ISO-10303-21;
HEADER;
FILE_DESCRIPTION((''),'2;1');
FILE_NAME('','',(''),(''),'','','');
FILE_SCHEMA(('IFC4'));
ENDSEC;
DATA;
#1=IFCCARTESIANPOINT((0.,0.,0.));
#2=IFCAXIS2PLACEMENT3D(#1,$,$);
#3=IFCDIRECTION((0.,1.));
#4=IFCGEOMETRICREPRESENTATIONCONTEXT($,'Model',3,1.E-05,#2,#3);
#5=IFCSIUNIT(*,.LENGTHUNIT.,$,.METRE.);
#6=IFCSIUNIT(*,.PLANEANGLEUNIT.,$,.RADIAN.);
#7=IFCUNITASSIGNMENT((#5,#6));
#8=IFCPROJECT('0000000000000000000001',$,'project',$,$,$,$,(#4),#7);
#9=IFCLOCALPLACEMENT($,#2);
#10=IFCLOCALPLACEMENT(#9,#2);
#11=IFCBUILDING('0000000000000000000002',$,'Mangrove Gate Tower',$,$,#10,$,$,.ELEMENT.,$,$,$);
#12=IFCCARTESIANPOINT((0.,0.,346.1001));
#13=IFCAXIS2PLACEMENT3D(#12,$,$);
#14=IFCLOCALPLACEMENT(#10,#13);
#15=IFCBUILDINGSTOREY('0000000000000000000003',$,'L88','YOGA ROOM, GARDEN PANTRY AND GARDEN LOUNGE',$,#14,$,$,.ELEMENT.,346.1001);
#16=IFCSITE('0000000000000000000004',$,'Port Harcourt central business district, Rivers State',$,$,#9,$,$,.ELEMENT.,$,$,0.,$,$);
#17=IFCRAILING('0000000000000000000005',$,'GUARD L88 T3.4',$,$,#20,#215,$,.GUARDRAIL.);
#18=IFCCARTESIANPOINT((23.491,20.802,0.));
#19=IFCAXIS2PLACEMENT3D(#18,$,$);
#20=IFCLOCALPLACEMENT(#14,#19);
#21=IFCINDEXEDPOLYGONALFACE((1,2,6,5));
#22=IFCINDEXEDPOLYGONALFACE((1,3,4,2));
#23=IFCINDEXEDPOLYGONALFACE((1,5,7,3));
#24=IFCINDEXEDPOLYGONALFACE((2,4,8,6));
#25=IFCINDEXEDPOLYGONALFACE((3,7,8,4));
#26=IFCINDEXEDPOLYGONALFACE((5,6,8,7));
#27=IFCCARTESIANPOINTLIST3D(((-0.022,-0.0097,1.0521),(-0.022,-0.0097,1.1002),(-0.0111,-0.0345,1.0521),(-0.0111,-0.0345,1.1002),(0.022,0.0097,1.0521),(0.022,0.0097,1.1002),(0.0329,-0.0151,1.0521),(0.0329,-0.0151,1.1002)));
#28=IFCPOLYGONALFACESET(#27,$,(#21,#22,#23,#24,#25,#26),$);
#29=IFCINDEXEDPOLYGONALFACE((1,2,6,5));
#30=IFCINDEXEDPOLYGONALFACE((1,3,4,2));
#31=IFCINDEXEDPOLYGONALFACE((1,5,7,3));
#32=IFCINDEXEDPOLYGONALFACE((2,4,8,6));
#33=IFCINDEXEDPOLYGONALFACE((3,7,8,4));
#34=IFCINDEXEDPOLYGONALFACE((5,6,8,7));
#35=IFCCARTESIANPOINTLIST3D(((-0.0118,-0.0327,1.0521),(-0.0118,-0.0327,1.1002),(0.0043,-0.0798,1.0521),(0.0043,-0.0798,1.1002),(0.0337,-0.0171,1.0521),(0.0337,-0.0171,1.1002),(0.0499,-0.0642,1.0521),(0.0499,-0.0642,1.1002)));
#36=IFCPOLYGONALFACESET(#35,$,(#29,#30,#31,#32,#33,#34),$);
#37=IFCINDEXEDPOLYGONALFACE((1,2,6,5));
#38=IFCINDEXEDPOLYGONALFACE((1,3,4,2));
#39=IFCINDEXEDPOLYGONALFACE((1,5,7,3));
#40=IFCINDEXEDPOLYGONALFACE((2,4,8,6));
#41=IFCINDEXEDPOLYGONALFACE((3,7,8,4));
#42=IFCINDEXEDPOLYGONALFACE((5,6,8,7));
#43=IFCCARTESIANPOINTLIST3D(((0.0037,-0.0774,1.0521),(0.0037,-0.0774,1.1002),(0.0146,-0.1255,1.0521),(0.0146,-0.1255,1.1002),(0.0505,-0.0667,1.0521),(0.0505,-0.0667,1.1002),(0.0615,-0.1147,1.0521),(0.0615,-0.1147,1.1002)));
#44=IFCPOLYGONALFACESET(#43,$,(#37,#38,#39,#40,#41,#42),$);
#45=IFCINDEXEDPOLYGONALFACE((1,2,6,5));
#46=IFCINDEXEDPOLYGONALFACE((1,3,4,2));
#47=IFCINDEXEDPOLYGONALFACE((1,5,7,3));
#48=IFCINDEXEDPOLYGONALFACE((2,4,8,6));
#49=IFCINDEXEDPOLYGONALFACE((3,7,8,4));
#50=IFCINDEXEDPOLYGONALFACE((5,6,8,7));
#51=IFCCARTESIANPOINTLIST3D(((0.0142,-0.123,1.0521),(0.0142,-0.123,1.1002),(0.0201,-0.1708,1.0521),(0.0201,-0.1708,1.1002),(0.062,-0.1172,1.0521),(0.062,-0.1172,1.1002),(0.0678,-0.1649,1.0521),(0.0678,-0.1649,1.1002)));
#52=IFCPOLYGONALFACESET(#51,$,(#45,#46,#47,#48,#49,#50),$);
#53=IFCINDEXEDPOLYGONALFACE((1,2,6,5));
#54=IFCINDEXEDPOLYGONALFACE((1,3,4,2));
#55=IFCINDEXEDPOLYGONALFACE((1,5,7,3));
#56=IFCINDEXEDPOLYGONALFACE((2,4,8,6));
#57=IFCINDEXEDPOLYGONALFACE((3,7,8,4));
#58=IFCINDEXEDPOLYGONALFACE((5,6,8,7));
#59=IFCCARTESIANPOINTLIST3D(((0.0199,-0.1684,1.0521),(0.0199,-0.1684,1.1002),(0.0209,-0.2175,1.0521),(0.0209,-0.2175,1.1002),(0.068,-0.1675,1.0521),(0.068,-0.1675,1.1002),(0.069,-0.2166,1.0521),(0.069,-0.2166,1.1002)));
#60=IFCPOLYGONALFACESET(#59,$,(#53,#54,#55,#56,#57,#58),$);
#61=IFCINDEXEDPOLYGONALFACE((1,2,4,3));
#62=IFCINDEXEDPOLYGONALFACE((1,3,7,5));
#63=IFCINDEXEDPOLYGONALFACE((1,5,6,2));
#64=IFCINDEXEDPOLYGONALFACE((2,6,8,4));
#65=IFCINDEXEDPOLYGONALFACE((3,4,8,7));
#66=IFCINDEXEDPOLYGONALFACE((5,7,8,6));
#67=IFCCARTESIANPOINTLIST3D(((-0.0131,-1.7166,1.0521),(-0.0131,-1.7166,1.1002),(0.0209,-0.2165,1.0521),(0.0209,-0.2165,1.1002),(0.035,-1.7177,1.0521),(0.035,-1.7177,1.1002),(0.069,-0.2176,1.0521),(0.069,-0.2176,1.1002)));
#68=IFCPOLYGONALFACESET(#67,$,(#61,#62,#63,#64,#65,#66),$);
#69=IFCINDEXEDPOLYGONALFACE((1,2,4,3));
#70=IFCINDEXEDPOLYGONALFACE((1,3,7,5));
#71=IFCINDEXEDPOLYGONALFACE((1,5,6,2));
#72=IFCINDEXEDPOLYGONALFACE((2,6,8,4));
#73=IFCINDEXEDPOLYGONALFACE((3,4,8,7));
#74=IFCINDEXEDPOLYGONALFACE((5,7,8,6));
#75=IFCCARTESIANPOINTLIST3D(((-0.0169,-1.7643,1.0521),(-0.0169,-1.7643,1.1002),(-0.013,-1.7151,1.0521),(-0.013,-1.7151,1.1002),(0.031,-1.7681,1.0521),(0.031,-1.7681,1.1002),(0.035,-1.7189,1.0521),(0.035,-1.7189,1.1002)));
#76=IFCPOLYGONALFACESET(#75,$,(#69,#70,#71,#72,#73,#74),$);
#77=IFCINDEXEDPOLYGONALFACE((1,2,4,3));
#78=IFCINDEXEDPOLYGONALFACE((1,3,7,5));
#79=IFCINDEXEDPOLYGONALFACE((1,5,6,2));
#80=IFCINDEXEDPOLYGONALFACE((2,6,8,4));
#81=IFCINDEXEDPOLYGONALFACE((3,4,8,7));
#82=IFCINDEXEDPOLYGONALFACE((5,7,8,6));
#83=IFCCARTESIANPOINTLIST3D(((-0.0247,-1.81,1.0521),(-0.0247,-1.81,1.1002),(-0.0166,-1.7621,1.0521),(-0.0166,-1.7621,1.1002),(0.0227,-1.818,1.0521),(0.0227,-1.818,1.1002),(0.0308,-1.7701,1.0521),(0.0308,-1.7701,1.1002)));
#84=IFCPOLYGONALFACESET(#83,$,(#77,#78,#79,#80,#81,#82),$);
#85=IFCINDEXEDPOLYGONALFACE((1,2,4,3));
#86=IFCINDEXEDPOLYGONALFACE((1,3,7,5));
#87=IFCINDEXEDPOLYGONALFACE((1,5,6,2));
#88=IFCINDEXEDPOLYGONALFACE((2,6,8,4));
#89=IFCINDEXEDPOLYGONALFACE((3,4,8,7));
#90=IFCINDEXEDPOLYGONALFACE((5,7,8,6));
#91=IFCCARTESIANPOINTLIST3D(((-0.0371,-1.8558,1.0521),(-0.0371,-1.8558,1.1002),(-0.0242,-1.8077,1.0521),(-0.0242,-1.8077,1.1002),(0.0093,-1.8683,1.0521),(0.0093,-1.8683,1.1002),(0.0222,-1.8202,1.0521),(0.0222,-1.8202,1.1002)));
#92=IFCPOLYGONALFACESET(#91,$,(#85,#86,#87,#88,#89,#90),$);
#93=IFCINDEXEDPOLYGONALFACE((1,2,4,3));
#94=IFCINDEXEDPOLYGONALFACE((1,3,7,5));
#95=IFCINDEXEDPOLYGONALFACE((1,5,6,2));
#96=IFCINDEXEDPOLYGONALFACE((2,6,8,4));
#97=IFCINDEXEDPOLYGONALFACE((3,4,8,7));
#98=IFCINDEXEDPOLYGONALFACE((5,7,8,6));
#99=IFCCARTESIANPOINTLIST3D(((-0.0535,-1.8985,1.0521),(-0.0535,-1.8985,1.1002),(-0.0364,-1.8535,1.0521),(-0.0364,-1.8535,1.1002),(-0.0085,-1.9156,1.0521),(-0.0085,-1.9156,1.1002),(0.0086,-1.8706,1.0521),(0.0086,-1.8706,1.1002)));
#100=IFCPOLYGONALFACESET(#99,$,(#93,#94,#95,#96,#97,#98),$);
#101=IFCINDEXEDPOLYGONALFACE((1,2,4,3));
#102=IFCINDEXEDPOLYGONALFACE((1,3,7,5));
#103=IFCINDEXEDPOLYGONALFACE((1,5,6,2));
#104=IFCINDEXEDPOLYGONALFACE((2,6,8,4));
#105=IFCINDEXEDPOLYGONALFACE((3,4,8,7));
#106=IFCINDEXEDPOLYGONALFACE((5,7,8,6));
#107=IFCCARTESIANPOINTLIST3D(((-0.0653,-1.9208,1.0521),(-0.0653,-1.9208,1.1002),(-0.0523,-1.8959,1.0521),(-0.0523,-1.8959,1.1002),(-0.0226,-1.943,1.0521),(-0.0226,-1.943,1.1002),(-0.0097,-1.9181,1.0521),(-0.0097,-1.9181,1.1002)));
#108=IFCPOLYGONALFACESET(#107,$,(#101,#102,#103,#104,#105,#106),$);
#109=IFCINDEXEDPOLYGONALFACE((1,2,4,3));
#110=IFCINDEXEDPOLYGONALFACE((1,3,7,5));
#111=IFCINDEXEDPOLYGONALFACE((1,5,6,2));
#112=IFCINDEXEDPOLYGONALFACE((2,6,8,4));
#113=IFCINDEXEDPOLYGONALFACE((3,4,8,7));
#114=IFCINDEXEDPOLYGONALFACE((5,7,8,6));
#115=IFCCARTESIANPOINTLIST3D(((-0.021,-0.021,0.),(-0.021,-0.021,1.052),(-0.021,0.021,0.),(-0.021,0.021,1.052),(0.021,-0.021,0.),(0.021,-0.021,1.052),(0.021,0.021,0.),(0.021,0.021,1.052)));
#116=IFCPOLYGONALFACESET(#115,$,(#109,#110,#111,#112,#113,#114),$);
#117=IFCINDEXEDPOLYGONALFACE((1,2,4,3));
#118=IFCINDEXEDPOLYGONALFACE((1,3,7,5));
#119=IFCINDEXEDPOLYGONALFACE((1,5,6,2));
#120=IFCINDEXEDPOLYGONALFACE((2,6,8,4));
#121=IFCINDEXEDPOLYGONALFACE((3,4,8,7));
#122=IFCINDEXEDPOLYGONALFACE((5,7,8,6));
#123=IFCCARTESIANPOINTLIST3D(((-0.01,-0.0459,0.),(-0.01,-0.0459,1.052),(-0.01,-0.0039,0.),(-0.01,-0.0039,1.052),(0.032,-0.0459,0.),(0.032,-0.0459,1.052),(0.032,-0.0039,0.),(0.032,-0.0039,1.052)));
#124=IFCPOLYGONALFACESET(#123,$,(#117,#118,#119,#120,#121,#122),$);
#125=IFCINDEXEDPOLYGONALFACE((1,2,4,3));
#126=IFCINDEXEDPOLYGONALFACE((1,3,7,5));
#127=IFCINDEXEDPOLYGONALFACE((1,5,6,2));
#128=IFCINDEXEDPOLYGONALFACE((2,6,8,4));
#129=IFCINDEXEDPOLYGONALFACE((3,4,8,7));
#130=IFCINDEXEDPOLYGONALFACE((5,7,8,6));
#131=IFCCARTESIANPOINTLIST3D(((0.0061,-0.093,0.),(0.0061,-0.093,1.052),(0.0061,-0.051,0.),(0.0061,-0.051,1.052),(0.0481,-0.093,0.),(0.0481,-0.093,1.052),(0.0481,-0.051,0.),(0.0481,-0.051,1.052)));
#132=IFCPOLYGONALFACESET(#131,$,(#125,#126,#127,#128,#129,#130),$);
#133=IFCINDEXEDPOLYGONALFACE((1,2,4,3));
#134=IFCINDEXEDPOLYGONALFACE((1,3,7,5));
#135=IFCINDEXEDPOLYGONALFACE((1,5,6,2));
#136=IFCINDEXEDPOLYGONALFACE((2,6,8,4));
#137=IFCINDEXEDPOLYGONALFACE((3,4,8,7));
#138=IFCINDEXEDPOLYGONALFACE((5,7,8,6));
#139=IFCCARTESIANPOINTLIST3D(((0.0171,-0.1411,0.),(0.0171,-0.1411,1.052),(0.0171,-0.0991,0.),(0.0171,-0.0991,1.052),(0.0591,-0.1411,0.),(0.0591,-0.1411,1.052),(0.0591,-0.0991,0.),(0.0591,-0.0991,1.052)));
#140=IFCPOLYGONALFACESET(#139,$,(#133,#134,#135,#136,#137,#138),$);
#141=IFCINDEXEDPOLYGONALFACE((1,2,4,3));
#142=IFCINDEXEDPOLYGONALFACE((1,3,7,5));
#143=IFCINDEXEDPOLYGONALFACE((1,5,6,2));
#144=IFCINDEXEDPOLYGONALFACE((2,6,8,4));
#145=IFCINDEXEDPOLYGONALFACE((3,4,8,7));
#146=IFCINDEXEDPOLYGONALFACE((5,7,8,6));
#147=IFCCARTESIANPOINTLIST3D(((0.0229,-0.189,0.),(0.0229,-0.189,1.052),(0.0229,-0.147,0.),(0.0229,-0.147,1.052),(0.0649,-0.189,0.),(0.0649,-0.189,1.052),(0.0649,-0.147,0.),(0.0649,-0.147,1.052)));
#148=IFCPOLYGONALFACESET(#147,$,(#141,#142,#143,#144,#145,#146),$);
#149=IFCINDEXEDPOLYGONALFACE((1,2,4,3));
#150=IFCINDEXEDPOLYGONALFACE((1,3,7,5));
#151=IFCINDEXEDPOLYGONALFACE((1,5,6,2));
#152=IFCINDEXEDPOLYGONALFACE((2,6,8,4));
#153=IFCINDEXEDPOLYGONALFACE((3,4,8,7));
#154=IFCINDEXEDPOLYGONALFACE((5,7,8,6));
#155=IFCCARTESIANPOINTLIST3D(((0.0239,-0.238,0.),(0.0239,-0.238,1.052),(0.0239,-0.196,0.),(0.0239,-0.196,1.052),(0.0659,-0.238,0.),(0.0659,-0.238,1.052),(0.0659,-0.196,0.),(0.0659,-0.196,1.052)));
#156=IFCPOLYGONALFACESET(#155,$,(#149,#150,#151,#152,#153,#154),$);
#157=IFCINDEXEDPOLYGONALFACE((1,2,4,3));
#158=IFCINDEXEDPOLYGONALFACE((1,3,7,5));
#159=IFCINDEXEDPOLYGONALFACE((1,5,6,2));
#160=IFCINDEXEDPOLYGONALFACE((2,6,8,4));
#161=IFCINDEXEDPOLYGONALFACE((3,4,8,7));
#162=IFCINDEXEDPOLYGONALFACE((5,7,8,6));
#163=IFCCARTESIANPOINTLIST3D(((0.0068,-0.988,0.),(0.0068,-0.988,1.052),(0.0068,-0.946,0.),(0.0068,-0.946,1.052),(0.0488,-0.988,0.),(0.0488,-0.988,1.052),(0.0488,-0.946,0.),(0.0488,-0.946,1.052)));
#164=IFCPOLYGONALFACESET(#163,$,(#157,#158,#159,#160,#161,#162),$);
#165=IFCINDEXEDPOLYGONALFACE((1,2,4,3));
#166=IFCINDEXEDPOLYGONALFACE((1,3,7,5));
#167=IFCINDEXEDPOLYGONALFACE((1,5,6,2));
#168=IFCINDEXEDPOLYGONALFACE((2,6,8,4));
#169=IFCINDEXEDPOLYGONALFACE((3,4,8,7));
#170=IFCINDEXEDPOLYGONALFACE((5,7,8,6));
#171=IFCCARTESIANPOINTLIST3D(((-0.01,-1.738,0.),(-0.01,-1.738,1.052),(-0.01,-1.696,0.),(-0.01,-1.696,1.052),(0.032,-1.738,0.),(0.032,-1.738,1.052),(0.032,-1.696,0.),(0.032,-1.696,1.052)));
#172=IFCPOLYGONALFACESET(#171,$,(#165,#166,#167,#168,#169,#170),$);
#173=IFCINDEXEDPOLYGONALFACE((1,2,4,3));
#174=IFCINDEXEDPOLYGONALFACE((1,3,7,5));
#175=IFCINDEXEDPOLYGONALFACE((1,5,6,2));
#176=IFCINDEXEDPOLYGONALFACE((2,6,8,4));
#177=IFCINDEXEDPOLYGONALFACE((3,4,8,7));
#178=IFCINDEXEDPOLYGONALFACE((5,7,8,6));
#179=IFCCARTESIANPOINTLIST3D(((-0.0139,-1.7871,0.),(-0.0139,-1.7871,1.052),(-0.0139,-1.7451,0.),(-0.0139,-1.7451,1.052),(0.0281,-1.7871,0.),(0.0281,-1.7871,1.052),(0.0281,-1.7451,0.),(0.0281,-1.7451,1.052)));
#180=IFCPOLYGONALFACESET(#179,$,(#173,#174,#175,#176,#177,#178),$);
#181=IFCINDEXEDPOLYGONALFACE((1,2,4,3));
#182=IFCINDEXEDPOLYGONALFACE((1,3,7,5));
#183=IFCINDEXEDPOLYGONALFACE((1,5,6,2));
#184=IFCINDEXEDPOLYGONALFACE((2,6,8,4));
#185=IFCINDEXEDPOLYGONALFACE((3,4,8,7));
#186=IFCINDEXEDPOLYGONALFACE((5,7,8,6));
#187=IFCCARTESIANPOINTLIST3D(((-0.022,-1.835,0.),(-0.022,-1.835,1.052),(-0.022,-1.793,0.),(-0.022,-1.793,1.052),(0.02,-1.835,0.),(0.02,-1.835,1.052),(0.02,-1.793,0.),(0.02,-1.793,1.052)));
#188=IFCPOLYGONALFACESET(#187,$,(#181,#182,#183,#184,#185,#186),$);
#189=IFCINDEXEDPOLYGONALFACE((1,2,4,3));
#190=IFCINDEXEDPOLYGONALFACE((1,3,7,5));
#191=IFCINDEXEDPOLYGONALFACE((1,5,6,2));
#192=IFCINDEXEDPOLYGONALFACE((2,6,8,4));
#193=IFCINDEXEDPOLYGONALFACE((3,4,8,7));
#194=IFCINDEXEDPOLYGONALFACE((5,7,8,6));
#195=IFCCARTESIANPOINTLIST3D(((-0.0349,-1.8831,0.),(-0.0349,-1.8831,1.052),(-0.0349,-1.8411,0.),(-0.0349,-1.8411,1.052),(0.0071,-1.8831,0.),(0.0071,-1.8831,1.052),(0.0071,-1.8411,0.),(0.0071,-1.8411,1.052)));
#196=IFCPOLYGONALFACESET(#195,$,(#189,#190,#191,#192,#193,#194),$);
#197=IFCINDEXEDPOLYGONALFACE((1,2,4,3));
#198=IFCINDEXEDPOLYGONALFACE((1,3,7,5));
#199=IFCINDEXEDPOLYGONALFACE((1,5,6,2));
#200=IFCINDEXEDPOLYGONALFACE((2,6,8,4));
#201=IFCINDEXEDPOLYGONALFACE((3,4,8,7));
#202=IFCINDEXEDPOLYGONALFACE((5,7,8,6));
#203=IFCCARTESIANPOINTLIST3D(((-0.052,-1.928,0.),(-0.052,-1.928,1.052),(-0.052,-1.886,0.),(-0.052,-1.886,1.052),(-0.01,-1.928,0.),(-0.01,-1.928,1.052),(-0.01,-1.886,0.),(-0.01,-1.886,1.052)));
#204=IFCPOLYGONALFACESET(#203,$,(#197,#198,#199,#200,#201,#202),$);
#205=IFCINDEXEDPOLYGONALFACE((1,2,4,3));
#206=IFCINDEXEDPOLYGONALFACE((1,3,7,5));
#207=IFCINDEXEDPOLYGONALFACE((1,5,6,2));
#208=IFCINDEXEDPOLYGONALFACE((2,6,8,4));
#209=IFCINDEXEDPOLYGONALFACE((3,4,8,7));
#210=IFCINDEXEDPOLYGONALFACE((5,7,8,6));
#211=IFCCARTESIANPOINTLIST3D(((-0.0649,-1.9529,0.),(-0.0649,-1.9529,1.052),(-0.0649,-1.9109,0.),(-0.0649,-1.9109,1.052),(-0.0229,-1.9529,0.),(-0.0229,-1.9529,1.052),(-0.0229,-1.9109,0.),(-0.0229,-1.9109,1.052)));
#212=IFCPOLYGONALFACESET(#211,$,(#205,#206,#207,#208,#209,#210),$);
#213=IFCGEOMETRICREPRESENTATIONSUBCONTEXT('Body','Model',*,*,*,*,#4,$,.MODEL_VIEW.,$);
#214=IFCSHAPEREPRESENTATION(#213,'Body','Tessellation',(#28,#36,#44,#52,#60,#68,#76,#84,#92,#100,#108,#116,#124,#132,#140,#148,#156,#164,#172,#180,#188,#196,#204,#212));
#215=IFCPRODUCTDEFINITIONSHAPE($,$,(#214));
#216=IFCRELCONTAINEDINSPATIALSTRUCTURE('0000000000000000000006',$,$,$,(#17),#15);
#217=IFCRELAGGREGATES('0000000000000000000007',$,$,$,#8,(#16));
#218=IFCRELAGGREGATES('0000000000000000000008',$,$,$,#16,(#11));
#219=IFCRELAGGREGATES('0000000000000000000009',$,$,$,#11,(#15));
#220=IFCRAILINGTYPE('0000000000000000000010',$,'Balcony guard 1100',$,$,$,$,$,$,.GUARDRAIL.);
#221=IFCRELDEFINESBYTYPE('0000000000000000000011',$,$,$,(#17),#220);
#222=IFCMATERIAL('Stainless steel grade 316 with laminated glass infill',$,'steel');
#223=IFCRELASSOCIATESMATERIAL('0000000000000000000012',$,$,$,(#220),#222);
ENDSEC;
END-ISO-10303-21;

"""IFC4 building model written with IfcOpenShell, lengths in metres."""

from ifc_helpers import new_model, si_unit, direction, frame, origin, origin_2d, place, context, subcontext, project, spatial, rectangle, extrude, material, type_object, element, save


model = new_model("IFC4")

# Units and contexts
model_context = context("Model", 3, precision=1e-05, world=origin(), true_north=direction((0.0, 1.0)))
body_context = subcontext(model_context, "Body", "Model", "MODEL_VIEW")
ifc_project = project(units=[si_unit("LENGTHUNIT", "METRE"), si_unit("PLANEANGLEUNIT", "RADIAN")], contexts=[model_context])

# Site, building, storey
site_placement = place(None, origin())
site = spatial("IfcSite", under=ifc_project, at=site_placement, Name="Port Harcourt central business district, Rivers State", CompositionType="ELEMENT", RefElevation=0.0)
building_placement = place(site_placement, origin())
building = spatial("IfcBuilding", under=site, at=building_placement, Name="Mangrove Gate Tower", CompositionType="ELEMENT")
storey_placement = place(building_placement, frame((0.0, 0.0, 346.1001)))
storey = spatial("IfcBuildingStorey", under=building, at=storey_placement, Name="L88", Description="YOGA ROOM, GARDEN PANTRY AND GARDEN LOUNGE", CompositionType="ELEMENT", Elevation=346.1001)

# Railing
ifc_material_1 = material(Name="Stainless steel grade 316 with laminated glass infill", Category="steel")
railing_type = type_object("IfcRailingType", Name="Balcony guard 1100", PredefinedType="GUARDRAIL", material=ifc_material_1)
railing_1_placement = place(storey_placement, frame((23.491, 20.802, 0.0)))
element("IfcRailing", 1, at=railing_1_placement, inside=storey, type_object=railing_type, Name="GUARD L88 T3.4", PredefinedType="GUARDRAIL", context=body_context, shape_type="SweptSolid", body=[
    extrude(rectangle(XDim=0.0481, YDim=0.0481, at=origin_2d()), frame((0.0, 0.0, 1.0762), z_axis=(0.40364, -0.914918, 0.0), x_axis=(0.914918, 0.40364, 0.0)), (0.0, 0.0, 1.0), 0.0271),
    extrude(rectangle(XDim=0.0481, YDim=0.0481, at=origin_2d()), frame((0.011, -0.0249, 1.0762), z_axis=(0.323572, -0.946203, 0.0), x_axis=(0.946203, 0.323572, 0.0)), (0.0, 0.0, 1.0), 0.0498),
    extrude(rectangle(XDim=0.0481, YDim=0.0481, at=origin_2d()), frame((0.0271, -0.072, 1.0762), z_axis=(0.22269, -0.974889, 0.0), x_axis=(0.974889, 0.22269, 0.0)), (0.0, 0.0, 1.0), 0.0493),
    extrude(rectangle(XDim=0.0481, YDim=0.0481, at=origin_2d()), frame((0.0381, -0.1201, 1.0762), z_axis=(0.121541, -0.992586, 0.0), x_axis=(0.992586, 0.121541, 0.0)), (0.0, 0.0, 1.0), 0.0481),
    extrude(rectangle(XDim=0.0481, YDim=0.0481, at=origin_2d()), frame((0.0439, -0.168, 1.0762), z_axis=(0.019897, -0.999802, 0.0), x_axis=(0.999802, 0.019897, 0.0)), (0.0, 0.0, 1.0), 0.0491),
    extrude(rectangle(XDim=0.0481, YDim=0.0481, at=origin_2d()), frame((0.0449, -0.217, 1.0762), z_axis=(-0.022618, -0.999744, 0.0), x_axis=(0.999744, -0.022618, 0.0)), (0.0, 0.0, 1.0), 1.5005),
    extrude(rectangle(XDim=0.0481, YDim=0.0481, at=origin_2d()), frame((0.011, -1.717, 1.0762), z_axis=(-0.079351, -0.996847, 0.0), x_axis=(0.996847, -0.079351, 0.0)), (0.0, 0.0, 1.0), 0.0493),
    extrude(rectangle(XDim=0.0481, YDim=0.0481, at=origin_2d()), frame((0.0071, -1.7661, 1.0762), z_axis=(-0.166031, -0.986121, 0.0), x_axis=(0.986121, -0.166031, 0.0)), (0.0, 0.0, 1.0), 0.0486),
    extrude(rectangle(XDim=0.0481, YDim=0.0481, at=origin_2d()), frame((-0.001, -1.814, 1.0762), z_axis=(-0.259798, -0.965663, 0.0), x_axis=(0.965663, -0.259798, 0.0)), (0.0, 0.0, 1.0), 0.0498),
    extrude(rectangle(XDim=0.0481, YDim=0.0481, at=origin_2d()), frame((-0.0139, -1.8621, 1.0762), z_axis=(-0.355573, -0.934649, 0.0), x_axis=(0.934649, -0.355573, 0.0)), (0.0, 0.0, 1.0), 0.0481),
    extrude(rectangle(XDim=0.0481, YDim=0.0481, at=origin_2d()), frame((-0.031, -1.907, 1.0762), z_axis=(-0.461079, -0.887359, 0.0), x_axis=(0.887359, -0.461079, 0.0)), (0.0, 0.0, 1.0), 0.0281),
    extrude(rectangle(XDim=0.042, YDim=0.042, at=origin_2d()), origin(), (0.0, 0.0, 1.0), 1.052),
    extrude(rectangle(XDim=0.042, YDim=0.042, at=origin_2d()), frame((0.011, -0.0249, 0.0)), (0.0, 0.0, 1.0), 1.052),
    extrude(rectangle(XDim=0.042, YDim=0.042, at=origin_2d()), frame((0.0271, -0.072, 0.0)), (0.0, 0.0, 1.0), 1.052),
    extrude(rectangle(XDim=0.042, YDim=0.042, at=origin_2d()), frame((0.0381, -0.1201, 0.0)), (0.0, 0.0, 1.0), 1.052),
    extrude(rectangle(XDim=0.042, YDim=0.042, at=origin_2d()), frame((0.0439, -0.168, 0.0)), (0.0, 0.0, 1.0), 1.052),
    extrude(rectangle(XDim=0.042, YDim=0.042, at=origin_2d()), frame((0.0449, -0.217, 0.0)), (0.0, 0.0, 1.0), 1.052),
    extrude(rectangle(XDim=0.042, YDim=0.042, at=origin_2d()), frame((0.0278, -0.967, 0.0)), (0.0, 0.0, 1.0), 1.052),
    extrude(rectangle(XDim=0.042, YDim=0.042, at=origin_2d()), frame((0.011, -1.717, 0.0)), (0.0, 0.0, 1.0), 1.052),
    extrude(rectangle(XDim=0.042, YDim=0.042, at=origin_2d()), frame((0.0071, -1.7661, 0.0)), (0.0, 0.0, 1.0), 1.052),
    extrude(rectangle(XDim=0.042, YDim=0.042, at=origin_2d()), frame((-0.001, -1.814, 0.0)), (0.0, 0.0, 1.0), 1.052),
    extrude(rectangle(XDim=0.042, YDim=0.042, at=origin_2d()), frame((-0.0139, -1.8621, 0.0)), (0.0, 0.0, 1.0), 1.052),
    extrude(rectangle(XDim=0.042, YDim=0.042, at=origin_2d()), frame((-0.031, -1.907, 0.0)), (0.0, 0.0, 1.0), 1.052),
    extrude(rectangle(XDim=0.042, YDim=0.042, at=origin_2d()), frame((-0.0439, -1.9319, 0.0)), (0.0, 0.0, 1.0), 1.052),
])

save(model, "model.ifc")
